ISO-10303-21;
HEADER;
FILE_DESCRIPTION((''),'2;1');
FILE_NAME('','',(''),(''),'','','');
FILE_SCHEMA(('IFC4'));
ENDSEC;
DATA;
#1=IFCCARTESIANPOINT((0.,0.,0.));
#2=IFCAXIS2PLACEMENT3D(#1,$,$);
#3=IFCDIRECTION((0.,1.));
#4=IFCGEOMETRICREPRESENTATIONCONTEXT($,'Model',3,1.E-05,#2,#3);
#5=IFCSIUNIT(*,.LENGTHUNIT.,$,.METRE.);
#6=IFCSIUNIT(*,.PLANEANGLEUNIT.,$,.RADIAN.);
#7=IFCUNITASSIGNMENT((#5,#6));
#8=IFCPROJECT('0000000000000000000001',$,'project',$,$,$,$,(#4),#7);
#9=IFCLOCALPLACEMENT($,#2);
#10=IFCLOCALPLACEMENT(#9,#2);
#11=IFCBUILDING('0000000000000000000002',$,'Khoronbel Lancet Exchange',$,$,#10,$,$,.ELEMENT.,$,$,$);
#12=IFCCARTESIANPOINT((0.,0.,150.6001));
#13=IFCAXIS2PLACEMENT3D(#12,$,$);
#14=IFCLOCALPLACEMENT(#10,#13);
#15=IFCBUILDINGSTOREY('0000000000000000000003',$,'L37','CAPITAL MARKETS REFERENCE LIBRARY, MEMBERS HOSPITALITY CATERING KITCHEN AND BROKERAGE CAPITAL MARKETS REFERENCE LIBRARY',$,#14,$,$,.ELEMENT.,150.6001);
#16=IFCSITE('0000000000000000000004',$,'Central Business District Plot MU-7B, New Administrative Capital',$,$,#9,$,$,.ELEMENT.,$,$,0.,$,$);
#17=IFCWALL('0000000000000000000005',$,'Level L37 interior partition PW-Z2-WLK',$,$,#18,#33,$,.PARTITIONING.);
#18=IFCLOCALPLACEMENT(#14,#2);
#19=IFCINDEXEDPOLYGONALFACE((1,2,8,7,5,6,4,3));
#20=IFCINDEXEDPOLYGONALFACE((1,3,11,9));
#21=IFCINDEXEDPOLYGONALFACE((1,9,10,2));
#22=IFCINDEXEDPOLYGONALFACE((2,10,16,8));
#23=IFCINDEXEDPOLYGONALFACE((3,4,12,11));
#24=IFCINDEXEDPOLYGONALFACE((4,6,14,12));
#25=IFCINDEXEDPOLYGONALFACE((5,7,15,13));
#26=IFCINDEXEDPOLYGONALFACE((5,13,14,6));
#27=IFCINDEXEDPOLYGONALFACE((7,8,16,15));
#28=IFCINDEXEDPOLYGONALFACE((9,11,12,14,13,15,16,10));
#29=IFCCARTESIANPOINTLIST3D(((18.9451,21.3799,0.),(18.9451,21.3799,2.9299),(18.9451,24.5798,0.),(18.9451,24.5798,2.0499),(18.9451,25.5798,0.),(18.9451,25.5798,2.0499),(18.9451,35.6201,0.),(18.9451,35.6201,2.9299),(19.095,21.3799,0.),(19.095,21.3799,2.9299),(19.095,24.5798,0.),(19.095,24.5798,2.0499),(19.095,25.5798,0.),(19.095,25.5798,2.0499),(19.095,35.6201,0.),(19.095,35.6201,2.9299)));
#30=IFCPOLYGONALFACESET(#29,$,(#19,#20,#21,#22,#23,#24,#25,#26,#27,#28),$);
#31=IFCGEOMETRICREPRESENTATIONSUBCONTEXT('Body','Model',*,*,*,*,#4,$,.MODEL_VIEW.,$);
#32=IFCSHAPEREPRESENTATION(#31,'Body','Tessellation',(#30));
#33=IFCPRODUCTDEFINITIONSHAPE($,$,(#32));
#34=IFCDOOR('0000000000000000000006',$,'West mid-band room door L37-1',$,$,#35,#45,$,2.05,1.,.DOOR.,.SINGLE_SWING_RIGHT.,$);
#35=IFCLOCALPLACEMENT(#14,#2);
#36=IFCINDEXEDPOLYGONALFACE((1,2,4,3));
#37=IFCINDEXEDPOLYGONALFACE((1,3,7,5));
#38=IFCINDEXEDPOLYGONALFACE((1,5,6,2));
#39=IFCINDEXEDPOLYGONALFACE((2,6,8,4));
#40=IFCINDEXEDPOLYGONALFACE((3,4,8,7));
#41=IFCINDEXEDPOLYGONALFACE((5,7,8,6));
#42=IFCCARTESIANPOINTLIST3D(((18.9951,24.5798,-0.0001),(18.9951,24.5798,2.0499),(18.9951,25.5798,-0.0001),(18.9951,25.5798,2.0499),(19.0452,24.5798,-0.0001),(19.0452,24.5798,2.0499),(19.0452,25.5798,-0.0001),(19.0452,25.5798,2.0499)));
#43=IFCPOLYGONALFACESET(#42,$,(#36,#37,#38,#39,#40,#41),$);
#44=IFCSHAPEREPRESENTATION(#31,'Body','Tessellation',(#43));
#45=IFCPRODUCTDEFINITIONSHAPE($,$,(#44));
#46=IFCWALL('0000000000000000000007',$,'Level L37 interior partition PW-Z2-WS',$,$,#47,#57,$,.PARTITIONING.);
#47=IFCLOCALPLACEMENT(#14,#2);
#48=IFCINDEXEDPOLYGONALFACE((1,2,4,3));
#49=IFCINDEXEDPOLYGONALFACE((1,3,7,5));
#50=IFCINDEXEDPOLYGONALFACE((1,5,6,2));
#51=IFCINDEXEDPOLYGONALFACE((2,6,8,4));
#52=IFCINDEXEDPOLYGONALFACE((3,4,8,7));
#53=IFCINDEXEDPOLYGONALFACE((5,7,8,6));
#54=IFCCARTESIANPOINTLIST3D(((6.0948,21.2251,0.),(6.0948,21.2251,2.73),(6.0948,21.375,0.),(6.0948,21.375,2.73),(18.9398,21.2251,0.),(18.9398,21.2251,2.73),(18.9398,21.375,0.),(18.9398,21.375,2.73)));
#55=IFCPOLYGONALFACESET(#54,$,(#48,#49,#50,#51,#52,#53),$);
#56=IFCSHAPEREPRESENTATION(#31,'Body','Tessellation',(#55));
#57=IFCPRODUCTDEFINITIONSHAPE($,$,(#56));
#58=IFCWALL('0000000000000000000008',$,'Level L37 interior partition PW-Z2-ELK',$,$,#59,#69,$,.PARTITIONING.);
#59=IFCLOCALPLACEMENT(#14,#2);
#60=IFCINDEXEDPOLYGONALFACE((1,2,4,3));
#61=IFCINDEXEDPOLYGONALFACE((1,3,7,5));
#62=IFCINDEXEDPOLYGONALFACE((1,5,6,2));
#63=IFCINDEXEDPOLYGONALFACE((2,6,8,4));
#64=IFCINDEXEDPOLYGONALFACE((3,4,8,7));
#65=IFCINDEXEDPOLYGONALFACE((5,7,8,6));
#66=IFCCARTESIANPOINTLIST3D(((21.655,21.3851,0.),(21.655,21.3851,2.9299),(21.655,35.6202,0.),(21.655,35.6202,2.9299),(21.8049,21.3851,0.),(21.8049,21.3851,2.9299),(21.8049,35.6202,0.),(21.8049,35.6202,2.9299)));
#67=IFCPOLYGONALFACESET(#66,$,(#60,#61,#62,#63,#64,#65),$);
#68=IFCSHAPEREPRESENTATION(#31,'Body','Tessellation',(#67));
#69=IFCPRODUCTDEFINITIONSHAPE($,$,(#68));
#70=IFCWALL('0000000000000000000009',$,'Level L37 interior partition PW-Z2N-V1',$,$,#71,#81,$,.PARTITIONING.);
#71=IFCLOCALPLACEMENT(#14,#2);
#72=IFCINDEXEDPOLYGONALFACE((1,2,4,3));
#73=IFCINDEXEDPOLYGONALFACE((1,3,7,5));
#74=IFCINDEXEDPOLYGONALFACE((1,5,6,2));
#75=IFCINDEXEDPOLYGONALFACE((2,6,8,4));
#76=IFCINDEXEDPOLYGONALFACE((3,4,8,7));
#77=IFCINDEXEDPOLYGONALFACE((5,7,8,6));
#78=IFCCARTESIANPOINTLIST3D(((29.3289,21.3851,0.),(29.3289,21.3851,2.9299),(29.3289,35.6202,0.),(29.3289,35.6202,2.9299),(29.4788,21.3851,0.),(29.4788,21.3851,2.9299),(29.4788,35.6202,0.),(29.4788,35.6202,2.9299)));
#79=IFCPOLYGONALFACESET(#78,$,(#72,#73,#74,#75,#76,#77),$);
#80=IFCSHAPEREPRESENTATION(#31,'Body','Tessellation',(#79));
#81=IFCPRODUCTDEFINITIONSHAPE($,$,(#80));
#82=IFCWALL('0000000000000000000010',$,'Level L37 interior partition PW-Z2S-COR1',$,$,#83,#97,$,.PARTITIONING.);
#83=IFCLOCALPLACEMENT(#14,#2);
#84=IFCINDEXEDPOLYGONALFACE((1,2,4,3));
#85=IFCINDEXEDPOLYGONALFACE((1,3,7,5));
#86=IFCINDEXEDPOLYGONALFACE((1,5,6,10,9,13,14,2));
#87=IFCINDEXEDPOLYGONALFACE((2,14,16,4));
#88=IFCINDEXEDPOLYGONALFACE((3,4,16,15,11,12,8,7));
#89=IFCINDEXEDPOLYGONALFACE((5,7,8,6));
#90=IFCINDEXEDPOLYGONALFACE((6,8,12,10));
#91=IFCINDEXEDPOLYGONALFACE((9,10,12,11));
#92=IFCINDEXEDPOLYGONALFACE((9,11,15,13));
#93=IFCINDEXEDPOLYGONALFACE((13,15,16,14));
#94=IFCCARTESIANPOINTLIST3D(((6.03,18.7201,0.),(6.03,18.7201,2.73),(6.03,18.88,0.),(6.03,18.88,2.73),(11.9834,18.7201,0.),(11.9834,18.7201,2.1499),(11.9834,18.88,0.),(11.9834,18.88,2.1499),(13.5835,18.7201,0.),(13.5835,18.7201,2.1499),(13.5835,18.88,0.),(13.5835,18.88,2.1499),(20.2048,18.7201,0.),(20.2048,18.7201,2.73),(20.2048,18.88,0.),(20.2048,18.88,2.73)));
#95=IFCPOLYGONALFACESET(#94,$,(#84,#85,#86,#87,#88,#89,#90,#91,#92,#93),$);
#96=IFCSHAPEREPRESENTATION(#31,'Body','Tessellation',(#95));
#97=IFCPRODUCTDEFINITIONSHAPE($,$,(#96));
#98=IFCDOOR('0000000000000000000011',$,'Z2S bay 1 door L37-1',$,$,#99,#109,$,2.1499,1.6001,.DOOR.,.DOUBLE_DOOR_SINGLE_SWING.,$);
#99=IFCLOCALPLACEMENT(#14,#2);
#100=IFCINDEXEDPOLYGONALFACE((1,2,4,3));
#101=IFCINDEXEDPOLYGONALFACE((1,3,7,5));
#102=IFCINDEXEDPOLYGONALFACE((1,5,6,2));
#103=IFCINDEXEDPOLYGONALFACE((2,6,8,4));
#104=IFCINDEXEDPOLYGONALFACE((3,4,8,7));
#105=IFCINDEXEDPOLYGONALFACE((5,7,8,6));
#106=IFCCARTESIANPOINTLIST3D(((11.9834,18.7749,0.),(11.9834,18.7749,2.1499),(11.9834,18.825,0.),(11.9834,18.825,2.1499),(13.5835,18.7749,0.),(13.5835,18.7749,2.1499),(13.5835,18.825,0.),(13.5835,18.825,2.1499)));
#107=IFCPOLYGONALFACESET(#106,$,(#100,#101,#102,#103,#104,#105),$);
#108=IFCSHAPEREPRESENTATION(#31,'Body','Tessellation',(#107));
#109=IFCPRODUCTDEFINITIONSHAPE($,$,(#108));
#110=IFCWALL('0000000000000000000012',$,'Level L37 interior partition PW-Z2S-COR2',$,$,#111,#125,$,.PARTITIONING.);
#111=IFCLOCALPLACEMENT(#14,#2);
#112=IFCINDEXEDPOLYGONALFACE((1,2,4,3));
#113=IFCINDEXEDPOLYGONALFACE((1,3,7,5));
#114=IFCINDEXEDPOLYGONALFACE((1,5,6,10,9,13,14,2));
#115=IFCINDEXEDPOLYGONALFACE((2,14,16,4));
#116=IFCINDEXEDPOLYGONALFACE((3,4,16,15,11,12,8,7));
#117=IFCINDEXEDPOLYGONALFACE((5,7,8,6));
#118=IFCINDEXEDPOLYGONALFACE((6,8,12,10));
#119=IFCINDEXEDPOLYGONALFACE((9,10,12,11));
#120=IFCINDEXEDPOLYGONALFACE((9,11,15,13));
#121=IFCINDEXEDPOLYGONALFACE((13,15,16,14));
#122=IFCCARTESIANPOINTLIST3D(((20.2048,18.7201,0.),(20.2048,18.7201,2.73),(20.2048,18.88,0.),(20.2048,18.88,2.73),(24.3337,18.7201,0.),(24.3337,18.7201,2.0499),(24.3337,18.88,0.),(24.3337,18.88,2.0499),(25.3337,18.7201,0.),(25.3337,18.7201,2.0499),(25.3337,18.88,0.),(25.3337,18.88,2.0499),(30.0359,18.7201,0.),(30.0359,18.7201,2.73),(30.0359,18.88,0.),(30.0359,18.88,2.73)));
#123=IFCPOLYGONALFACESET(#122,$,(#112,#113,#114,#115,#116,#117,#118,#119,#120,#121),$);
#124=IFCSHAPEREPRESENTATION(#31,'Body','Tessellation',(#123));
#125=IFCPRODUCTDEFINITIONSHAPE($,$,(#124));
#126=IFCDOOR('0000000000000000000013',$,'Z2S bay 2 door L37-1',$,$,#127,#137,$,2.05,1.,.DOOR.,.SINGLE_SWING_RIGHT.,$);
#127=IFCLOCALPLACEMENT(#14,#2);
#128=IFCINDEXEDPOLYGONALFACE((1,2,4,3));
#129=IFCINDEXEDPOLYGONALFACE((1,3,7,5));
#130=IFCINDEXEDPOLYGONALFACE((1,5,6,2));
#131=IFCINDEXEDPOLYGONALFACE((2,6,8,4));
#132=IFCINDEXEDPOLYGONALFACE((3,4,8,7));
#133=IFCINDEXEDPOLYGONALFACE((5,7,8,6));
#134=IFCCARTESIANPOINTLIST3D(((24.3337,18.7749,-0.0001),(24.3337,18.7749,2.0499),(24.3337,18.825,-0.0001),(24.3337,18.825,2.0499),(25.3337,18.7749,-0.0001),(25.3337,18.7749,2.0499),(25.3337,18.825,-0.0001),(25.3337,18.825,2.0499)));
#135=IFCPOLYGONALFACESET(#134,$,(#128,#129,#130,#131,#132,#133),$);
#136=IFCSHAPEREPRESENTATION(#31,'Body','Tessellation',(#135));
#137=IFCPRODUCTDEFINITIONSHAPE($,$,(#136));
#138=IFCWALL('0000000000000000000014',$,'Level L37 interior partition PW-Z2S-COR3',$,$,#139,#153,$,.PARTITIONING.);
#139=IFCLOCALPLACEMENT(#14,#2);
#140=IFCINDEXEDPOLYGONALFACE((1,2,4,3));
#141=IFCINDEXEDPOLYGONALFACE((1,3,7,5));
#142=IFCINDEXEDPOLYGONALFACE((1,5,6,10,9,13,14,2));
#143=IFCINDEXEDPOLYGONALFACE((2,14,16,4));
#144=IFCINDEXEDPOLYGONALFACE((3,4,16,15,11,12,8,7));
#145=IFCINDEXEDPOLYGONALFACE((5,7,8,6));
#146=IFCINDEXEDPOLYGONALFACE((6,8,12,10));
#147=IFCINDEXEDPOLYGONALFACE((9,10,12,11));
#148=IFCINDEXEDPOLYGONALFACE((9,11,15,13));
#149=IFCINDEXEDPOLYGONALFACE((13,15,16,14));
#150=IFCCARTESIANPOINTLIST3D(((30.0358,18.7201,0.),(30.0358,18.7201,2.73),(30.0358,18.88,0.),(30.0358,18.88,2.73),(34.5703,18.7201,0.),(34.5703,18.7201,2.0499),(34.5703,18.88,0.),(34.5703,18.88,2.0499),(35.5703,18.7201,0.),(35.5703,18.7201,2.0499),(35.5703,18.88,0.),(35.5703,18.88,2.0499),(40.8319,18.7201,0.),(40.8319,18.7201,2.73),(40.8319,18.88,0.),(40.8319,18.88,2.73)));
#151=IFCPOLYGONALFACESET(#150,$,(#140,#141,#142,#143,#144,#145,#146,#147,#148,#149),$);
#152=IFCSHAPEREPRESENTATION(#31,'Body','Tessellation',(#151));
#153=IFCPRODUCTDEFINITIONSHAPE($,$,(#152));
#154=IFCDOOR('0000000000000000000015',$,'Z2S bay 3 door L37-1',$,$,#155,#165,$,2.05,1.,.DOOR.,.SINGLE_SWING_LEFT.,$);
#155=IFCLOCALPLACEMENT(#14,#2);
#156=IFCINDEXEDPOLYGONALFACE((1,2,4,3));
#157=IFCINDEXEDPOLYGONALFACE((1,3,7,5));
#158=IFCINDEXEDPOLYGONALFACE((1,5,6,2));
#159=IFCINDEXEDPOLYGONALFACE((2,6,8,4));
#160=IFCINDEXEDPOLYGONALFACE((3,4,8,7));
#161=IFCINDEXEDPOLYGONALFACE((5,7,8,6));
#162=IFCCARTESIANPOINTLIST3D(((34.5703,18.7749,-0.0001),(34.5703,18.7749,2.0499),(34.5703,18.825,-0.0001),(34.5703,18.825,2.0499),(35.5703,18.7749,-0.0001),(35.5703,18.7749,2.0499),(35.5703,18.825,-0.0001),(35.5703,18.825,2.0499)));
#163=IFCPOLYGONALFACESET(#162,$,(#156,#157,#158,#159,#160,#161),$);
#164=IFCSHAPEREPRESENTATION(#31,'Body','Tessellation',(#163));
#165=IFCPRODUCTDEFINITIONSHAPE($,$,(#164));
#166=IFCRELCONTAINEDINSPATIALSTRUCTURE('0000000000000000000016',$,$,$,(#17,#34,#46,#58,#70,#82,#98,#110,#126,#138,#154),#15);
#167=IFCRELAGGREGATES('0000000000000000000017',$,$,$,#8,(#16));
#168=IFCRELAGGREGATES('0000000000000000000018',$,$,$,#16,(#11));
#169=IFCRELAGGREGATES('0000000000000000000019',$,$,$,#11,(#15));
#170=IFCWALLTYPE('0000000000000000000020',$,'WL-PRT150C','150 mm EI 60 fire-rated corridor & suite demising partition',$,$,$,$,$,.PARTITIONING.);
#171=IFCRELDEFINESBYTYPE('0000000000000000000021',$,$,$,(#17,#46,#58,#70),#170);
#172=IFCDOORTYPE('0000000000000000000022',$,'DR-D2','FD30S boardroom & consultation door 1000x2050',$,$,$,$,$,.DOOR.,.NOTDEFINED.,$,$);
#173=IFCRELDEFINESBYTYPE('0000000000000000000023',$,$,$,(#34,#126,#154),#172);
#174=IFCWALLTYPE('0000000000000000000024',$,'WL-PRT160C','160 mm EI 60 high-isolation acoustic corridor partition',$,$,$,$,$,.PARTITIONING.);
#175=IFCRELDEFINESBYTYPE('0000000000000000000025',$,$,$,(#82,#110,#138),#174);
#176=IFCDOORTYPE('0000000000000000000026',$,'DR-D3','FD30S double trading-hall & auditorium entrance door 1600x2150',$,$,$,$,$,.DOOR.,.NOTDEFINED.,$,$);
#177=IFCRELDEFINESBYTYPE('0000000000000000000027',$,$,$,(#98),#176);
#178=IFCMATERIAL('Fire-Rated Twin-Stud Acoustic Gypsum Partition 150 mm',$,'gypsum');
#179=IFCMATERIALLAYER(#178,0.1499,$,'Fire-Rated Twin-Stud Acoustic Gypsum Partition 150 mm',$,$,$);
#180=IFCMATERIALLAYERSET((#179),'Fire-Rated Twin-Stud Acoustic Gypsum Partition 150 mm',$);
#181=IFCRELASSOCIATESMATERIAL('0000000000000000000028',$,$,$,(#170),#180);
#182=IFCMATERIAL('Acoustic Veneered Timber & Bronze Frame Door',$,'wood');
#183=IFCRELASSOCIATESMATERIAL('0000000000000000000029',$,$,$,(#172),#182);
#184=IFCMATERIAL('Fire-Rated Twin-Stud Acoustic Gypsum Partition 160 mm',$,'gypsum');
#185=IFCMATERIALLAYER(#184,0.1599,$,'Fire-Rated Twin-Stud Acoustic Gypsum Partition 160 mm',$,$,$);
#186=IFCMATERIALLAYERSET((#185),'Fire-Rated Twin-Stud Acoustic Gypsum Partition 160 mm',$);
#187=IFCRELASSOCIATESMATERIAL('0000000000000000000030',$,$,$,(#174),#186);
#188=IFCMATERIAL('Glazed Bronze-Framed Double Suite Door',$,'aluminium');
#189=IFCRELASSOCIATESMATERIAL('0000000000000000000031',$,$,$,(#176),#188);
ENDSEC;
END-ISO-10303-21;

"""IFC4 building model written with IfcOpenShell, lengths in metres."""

from ifc_helpers import new_model, si_unit, direction, frame, frame_2d, origin, place, context, subcontext, project, spatial, rectangle, extrude, material, layer, layer_set, type_object, element, fill, save


model = new_model("IFC4")

# Units and contexts
model_context = context("Model", 3, precision=1e-05, world=origin(), true_north=direction((0.0, 1.0)))
body_context = subcontext(model_context, "Body", "Model", "MODEL_VIEW")
ifc_project = project(units=[si_unit("LENGTHUNIT", "METRE"), si_unit("PLANEANGLEUNIT", "RADIAN")], contexts=[model_context])

# Site, building, storey
site_placement = place(None, origin())
site = spatial("IfcSite", under=ifc_project, at=site_placement, Name="Central Business District Plot MU-7B, New Administrative Capital", CompositionType="ELEMENT", RefElevation=0.0)
building_placement = place(site_placement, origin())
building = spatial("IfcBuilding", under=site, at=building_placement, Name="Khoronbel Lancet Exchange", CompositionType="ELEMENT")
storey_placement = place(building_placement, frame((0.0, 0.0, 150.6001)))
storey = spatial("IfcBuildingStorey", under=building, at=storey_placement, Name="L37", Description="CAPITAL MARKETS REFERENCE LIBRARY, MEMBERS HOSPITALITY CATERING KITCHEN AND BROKERAGE CAPITAL MARKETS REFERENCE LIBRARY", CompositionType="ELEMENT", Elevation=150.6001)

# Wall, opening, door
ifc_material_1 = material(Name="Fire-Rated Twin-Stud Acoustic Gypsum Partition 150 mm", Category="gypsum")
ifc_layer_1 = layer(ifc_material_1, 0.1499, Name="Fire-Rated Twin-Stud Acoustic Gypsum Partition 150 mm")
ifc_layer_set_1 = layer_set([ifc_layer_1], Name="Fire-Rated Twin-Stud Acoustic Gypsum Partition 150 mm")
wall_type_1 = type_object("IfcWallType", Name="WL-PRT150C", Description="150 mm EI 60 fire-rated corridor & suite demising partition", PredefinedType="PARTITIONING", material=ifc_layer_set_1)
wall_1_placement = place(storey_placement, frame((19.02, 21.3799, 0.0), z_axis=(0.0, 0.0, 1.0), x_axis=(0.0, 1.0, 0.0)))
wall_1 = element("IfcWall", 1, at=wall_1_placement, inside=storey, type_object=wall_type_1, Name="Level L37 interior partition PW-Z2-WLK", PredefinedType="PARTITIONING", context=body_context, shape_type="SweptSolid", body=[
    extrude(rectangle(XDim=14.2402, YDim=0.1499, at=frame_2d((7.1201, 0.0))), origin(), (0.0, 0.0, 1.0), 2.9299),
])
opening_1_placement = place(wall_1_placement, frame((3.2, 0.0, 0.0)))
opening_1 = element("IfcOpeningElement", 2, at=opening_1_placement, cuts=wall_1, PredefinedType="OPENING", context=body_context, shape_type="SweptSolid", body=[
    extrude(rectangle(XDim=1.0, YDim=2.05, at=frame_2d((0.5, 1.0249))), frame((0.0, 0.085, 0.0), z_axis=(0.0, -1.0, 0.0), x_axis=(1.0, 0.0, 0.0)), (0.0, 0.0, 1.0), 0.1699),
])
ifc_material_2 = material(Name="Acoustic Veneered Timber & Bronze Frame Door", Category="wood")
door_type_1 = type_object("IfcDoorType", Name="DR-D2", Description="FD30S boardroom & consultation door 1000x2050", OperationType="NOTDEFINED", PredefinedType="DOOR", material=ifc_material_2)
door_1_placement = place(opening_1_placement, origin())
door_1 = element("IfcDoor", 3, at=door_1_placement, inside=storey, type_object=door_type_1, Name="West mid-band room door L37-1", OperationType="SINGLE_SWING_RIGHT", OverallHeight=2.05, OverallWidth=1.0, PredefinedType="DOOR", context=body_context, shape_type="SweptSolid", body=[
    extrude(rectangle(XDim=1.0, YDim=2.05, at=frame_2d((0.5, 1.0249))), frame((0.0, 0.0249, 0.0), z_axis=(0.0, -1.0, 0.0), x_axis=(1.0, 0.0, 0.0)), (0.0, 0.0, 1.0), 0.05),
])
fill(opening_1, door_1)

# Walls
wall_2_placement = place(storey_placement, frame((6.095, 21.3, 0.0), z_axis=(0.0, 0.0, 1.0), x_axis=(1.0, 0.0, 0.0)))
element("IfcWall", 4, at=wall_2_placement, inside=storey, type_object=wall_type_1, Name="Level L37 interior partition PW-Z2-WS", PredefinedType="PARTITIONING", context=body_context, shape_type="SweptSolid", body=[
    extrude(rectangle(XDim=12.845, YDim=0.1499, at=frame_2d((6.4224, 0.0))), origin(), (0.0, 0.0, 1.0), 2.73),
])
for number, where, z_axis, x_axis, name in (
    (5, (21.73, 21.385, 0.0), (0.0, 0.0, 1.0), (0.0, 1.0, 0.0), "Level L37 interior partition PW-Z2-ELK"),
    (6, (29.4038, 21.385, 0.0), (0.0, 0.0, 1.0), (0.0, 1.0, 0.0), "Level L37 interior partition PW-Z2N-V1"),
):
    element("IfcWall", number, at=place(storey_placement, frame(where, z_axis=z_axis, x_axis=x_axis)), inside=storey, type_object=wall_type_1, Name=name, PredefinedType="PARTITIONING", context=body_context, shape_type="SweptSolid", body=[
        extrude(rectangle(XDim=14.2351, YDim=0.1499, at=frame_2d((7.1177, 0.0))), origin(), (0.0, 0.0, 1.0), 2.9299),
    ])

# Walls, openings, doors
ifc_material_3 = material(Name="Fire-Rated Twin-Stud Acoustic Gypsum Partition 160 mm", Category="gypsum")
ifc_layer_2 = layer(ifc_material_3, 0.1599, Name="Fire-Rated Twin-Stud Acoustic Gypsum Partition 160 mm")
ifc_layer_set_2 = layer_set([ifc_layer_2], Name="Fire-Rated Twin-Stud Acoustic Gypsum Partition 160 mm")
wall_type_2 = type_object("IfcWallType", Name="WL-PRT160C", Description="160 mm EI 60 high-isolation acoustic corridor partition", PredefinedType="PARTITIONING", material=ifc_layer_set_2)
wall_3_placement = place(storey_placement, frame((6.03, 18.8, 0.0), z_axis=(0.0, 0.0, 1.0), x_axis=(1.0, 0.0, 0.0)))
wall_3 = element("IfcWall", 7, at=wall_3_placement, inside=storey, type_object=wall_type_2, Name="Level L37 interior partition PW-Z2S-COR1", PredefinedType="PARTITIONING", context=body_context, shape_type="SweptSolid", body=[
    extrude(rectangle(XDim=14.1748, YDim=0.1599, at=frame_2d((7.0874, 0.0))), origin(), (0.0, 0.0, 1.0), 2.73),
])
opening_2_placement = place(wall_3_placement, frame((5.9534, 0.0, 0.0)))
opening_2 = element("IfcOpeningElement", 8, at=opening_2_placement, cuts=wall_3, PredefinedType="OPENING", context=body_context, shape_type="SweptSolid", body=[
    extrude(rectangle(XDim=1.6001, YDim=2.1499, at=frame_2d((0.8, 1.075))), frame((0.0, 0.0898, 0.0), z_axis=(0.0, -1.0, 0.0), x_axis=(1.0, 0.0, 0.0)), (0.0, 0.0, 1.0), 0.1799),
])
ifc_material_4 = material(Name="Glazed Bronze-Framed Double Suite Door", Category="aluminium")
door_type_2 = type_object("IfcDoorType", Name="DR-D3", Description="FD30S double trading-hall & auditorium entrance door 1600x2150", OperationType="NOTDEFINED", PredefinedType="DOOR", material=ifc_material_4)
door_2_placement = place(opening_2_placement, origin())
door_2 = element("IfcDoor", 9, at=door_2_placement, inside=storey, type_object=door_type_2, Name="Z2S bay 1 door L37-1", OperationType="DOUBLE_DOOR_SINGLE_SWING", OverallHeight=2.1499, OverallWidth=1.6001, PredefinedType="DOOR", context=body_context, shape_type="SweptSolid", body=[
    extrude(rectangle(XDim=1.6001, YDim=2.1499, at=frame_2d((0.8, 1.075))), frame((0.0, 0.0249, 0.0), z_axis=(0.0, -1.0, 0.0), x_axis=(1.0, 0.0, 0.0)), (0.0, 0.0, 1.0), 0.05),
])
fill(opening_2, door_2)
wall_4_placement = place(storey_placement, frame((20.2048, 18.8, 0.0), z_axis=(0.0, 0.0, 1.0), x_axis=(1.0, 0.0, 0.0)))
wall_4 = element("IfcWall", 10, at=wall_4_placement, inside=storey, type_object=wall_type_2, Name="Level L37 interior partition PW-Z2S-COR2", PredefinedType="PARTITIONING", context=body_context, shape_type="SweptSolid", body=[
    extrude(rectangle(XDim=9.8311, YDim=0.1599, at=frame_2d((4.9155, 0.0))), origin(), (0.0, 0.0, 1.0), 2.73),
])
opening_3_placement = place(wall_4_placement, frame((4.1289, 0.0, 0.0)))
opening_3 = element("IfcOpeningElement", 11, at=opening_3_placement, cuts=wall_4, PredefinedType="OPENING", context=body_context, shape_type="SweptSolid", body=[
    extrude(rectangle(XDim=1.0, YDim=2.05, at=frame_2d((0.5, 1.0249))), frame((0.0, 0.0898, 0.0), z_axis=(0.0, -1.0, 0.0), x_axis=(1.0, 0.0, 0.0)), (0.0, 0.0, 1.0), 0.1799),
])
door_3_placement = place(opening_3_placement, origin())
door_3 = element("IfcDoor", 12, at=door_3_placement, inside=storey, type_object=door_type_1, Name="Z2S bay 2 door L37-1", OperationType="SINGLE_SWING_RIGHT", OverallHeight=2.05, OverallWidth=1.0, PredefinedType="DOOR", context=body_context, shape_type="SweptSolid", body=[
    extrude(rectangle(XDim=1.0, YDim=2.05, at=frame_2d((0.5, 1.0249))), frame((0.0, 0.0249, 0.0), z_axis=(0.0, -1.0, 0.0), x_axis=(1.0, 0.0, 0.0)), (0.0, 0.0, 1.0), 0.05),
])
fill(opening_3, door_3)
wall_5_placement = place(storey_placement, frame((30.0359, 18.8, 0.0), z_axis=(0.0, 0.0, 1.0), x_axis=(1.0, 0.0, 0.0)))
wall_5 = element("IfcWall", 13, at=wall_5_placement, inside=storey, type_object=wall_type_2, Name="Level L37 interior partition PW-Z2S-COR3", PredefinedType="PARTITIONING", context=body_context, shape_type="SweptSolid", body=[
    extrude(rectangle(XDim=10.7961, YDim=0.1599, at=frame_2d((5.3979, 0.0))), origin(), (0.0, 0.0, 1.0), 2.73),
])
opening_4_placement = place(wall_5_placement, frame((4.5344, 0.0, 0.0)))
opening_4 = element("IfcOpeningElement", 14, at=opening_4_placement, cuts=wall_5, PredefinedType="OPENING", context=body_context, shape_type="SweptSolid", body=[
    extrude(rectangle(XDim=1.0, YDim=2.05, at=frame_2d((0.5, 1.0249))), frame((0.0, 0.0898, 0.0), z_axis=(0.0, -1.0, 0.0), x_axis=(1.0, 0.0, 0.0)), (0.0, 0.0, 1.0), 0.1799),
])
door_4_placement = place(opening_4_placement, origin())
door_4 = element("IfcDoor", 15, at=door_4_placement, inside=storey, type_object=door_type_1, Name="Z2S bay 3 door L37-1", OperationType="SINGLE_SWING_LEFT", OverallHeight=2.05, OverallWidth=1.0, PredefinedType="DOOR", context=body_context, shape_type="SweptSolid", body=[
    extrude(rectangle(XDim=1.0, YDim=2.05, at=frame_2d((0.5, 1.0249))), frame((0.0, 0.0249, 0.0), z_axis=(0.0, -1.0, 0.0), x_axis=(1.0, 0.0, 0.0)), (0.0, 0.0, 1.0), 0.05),
])
fill(opening_4, door_4)

save(model, "model.ifc")
